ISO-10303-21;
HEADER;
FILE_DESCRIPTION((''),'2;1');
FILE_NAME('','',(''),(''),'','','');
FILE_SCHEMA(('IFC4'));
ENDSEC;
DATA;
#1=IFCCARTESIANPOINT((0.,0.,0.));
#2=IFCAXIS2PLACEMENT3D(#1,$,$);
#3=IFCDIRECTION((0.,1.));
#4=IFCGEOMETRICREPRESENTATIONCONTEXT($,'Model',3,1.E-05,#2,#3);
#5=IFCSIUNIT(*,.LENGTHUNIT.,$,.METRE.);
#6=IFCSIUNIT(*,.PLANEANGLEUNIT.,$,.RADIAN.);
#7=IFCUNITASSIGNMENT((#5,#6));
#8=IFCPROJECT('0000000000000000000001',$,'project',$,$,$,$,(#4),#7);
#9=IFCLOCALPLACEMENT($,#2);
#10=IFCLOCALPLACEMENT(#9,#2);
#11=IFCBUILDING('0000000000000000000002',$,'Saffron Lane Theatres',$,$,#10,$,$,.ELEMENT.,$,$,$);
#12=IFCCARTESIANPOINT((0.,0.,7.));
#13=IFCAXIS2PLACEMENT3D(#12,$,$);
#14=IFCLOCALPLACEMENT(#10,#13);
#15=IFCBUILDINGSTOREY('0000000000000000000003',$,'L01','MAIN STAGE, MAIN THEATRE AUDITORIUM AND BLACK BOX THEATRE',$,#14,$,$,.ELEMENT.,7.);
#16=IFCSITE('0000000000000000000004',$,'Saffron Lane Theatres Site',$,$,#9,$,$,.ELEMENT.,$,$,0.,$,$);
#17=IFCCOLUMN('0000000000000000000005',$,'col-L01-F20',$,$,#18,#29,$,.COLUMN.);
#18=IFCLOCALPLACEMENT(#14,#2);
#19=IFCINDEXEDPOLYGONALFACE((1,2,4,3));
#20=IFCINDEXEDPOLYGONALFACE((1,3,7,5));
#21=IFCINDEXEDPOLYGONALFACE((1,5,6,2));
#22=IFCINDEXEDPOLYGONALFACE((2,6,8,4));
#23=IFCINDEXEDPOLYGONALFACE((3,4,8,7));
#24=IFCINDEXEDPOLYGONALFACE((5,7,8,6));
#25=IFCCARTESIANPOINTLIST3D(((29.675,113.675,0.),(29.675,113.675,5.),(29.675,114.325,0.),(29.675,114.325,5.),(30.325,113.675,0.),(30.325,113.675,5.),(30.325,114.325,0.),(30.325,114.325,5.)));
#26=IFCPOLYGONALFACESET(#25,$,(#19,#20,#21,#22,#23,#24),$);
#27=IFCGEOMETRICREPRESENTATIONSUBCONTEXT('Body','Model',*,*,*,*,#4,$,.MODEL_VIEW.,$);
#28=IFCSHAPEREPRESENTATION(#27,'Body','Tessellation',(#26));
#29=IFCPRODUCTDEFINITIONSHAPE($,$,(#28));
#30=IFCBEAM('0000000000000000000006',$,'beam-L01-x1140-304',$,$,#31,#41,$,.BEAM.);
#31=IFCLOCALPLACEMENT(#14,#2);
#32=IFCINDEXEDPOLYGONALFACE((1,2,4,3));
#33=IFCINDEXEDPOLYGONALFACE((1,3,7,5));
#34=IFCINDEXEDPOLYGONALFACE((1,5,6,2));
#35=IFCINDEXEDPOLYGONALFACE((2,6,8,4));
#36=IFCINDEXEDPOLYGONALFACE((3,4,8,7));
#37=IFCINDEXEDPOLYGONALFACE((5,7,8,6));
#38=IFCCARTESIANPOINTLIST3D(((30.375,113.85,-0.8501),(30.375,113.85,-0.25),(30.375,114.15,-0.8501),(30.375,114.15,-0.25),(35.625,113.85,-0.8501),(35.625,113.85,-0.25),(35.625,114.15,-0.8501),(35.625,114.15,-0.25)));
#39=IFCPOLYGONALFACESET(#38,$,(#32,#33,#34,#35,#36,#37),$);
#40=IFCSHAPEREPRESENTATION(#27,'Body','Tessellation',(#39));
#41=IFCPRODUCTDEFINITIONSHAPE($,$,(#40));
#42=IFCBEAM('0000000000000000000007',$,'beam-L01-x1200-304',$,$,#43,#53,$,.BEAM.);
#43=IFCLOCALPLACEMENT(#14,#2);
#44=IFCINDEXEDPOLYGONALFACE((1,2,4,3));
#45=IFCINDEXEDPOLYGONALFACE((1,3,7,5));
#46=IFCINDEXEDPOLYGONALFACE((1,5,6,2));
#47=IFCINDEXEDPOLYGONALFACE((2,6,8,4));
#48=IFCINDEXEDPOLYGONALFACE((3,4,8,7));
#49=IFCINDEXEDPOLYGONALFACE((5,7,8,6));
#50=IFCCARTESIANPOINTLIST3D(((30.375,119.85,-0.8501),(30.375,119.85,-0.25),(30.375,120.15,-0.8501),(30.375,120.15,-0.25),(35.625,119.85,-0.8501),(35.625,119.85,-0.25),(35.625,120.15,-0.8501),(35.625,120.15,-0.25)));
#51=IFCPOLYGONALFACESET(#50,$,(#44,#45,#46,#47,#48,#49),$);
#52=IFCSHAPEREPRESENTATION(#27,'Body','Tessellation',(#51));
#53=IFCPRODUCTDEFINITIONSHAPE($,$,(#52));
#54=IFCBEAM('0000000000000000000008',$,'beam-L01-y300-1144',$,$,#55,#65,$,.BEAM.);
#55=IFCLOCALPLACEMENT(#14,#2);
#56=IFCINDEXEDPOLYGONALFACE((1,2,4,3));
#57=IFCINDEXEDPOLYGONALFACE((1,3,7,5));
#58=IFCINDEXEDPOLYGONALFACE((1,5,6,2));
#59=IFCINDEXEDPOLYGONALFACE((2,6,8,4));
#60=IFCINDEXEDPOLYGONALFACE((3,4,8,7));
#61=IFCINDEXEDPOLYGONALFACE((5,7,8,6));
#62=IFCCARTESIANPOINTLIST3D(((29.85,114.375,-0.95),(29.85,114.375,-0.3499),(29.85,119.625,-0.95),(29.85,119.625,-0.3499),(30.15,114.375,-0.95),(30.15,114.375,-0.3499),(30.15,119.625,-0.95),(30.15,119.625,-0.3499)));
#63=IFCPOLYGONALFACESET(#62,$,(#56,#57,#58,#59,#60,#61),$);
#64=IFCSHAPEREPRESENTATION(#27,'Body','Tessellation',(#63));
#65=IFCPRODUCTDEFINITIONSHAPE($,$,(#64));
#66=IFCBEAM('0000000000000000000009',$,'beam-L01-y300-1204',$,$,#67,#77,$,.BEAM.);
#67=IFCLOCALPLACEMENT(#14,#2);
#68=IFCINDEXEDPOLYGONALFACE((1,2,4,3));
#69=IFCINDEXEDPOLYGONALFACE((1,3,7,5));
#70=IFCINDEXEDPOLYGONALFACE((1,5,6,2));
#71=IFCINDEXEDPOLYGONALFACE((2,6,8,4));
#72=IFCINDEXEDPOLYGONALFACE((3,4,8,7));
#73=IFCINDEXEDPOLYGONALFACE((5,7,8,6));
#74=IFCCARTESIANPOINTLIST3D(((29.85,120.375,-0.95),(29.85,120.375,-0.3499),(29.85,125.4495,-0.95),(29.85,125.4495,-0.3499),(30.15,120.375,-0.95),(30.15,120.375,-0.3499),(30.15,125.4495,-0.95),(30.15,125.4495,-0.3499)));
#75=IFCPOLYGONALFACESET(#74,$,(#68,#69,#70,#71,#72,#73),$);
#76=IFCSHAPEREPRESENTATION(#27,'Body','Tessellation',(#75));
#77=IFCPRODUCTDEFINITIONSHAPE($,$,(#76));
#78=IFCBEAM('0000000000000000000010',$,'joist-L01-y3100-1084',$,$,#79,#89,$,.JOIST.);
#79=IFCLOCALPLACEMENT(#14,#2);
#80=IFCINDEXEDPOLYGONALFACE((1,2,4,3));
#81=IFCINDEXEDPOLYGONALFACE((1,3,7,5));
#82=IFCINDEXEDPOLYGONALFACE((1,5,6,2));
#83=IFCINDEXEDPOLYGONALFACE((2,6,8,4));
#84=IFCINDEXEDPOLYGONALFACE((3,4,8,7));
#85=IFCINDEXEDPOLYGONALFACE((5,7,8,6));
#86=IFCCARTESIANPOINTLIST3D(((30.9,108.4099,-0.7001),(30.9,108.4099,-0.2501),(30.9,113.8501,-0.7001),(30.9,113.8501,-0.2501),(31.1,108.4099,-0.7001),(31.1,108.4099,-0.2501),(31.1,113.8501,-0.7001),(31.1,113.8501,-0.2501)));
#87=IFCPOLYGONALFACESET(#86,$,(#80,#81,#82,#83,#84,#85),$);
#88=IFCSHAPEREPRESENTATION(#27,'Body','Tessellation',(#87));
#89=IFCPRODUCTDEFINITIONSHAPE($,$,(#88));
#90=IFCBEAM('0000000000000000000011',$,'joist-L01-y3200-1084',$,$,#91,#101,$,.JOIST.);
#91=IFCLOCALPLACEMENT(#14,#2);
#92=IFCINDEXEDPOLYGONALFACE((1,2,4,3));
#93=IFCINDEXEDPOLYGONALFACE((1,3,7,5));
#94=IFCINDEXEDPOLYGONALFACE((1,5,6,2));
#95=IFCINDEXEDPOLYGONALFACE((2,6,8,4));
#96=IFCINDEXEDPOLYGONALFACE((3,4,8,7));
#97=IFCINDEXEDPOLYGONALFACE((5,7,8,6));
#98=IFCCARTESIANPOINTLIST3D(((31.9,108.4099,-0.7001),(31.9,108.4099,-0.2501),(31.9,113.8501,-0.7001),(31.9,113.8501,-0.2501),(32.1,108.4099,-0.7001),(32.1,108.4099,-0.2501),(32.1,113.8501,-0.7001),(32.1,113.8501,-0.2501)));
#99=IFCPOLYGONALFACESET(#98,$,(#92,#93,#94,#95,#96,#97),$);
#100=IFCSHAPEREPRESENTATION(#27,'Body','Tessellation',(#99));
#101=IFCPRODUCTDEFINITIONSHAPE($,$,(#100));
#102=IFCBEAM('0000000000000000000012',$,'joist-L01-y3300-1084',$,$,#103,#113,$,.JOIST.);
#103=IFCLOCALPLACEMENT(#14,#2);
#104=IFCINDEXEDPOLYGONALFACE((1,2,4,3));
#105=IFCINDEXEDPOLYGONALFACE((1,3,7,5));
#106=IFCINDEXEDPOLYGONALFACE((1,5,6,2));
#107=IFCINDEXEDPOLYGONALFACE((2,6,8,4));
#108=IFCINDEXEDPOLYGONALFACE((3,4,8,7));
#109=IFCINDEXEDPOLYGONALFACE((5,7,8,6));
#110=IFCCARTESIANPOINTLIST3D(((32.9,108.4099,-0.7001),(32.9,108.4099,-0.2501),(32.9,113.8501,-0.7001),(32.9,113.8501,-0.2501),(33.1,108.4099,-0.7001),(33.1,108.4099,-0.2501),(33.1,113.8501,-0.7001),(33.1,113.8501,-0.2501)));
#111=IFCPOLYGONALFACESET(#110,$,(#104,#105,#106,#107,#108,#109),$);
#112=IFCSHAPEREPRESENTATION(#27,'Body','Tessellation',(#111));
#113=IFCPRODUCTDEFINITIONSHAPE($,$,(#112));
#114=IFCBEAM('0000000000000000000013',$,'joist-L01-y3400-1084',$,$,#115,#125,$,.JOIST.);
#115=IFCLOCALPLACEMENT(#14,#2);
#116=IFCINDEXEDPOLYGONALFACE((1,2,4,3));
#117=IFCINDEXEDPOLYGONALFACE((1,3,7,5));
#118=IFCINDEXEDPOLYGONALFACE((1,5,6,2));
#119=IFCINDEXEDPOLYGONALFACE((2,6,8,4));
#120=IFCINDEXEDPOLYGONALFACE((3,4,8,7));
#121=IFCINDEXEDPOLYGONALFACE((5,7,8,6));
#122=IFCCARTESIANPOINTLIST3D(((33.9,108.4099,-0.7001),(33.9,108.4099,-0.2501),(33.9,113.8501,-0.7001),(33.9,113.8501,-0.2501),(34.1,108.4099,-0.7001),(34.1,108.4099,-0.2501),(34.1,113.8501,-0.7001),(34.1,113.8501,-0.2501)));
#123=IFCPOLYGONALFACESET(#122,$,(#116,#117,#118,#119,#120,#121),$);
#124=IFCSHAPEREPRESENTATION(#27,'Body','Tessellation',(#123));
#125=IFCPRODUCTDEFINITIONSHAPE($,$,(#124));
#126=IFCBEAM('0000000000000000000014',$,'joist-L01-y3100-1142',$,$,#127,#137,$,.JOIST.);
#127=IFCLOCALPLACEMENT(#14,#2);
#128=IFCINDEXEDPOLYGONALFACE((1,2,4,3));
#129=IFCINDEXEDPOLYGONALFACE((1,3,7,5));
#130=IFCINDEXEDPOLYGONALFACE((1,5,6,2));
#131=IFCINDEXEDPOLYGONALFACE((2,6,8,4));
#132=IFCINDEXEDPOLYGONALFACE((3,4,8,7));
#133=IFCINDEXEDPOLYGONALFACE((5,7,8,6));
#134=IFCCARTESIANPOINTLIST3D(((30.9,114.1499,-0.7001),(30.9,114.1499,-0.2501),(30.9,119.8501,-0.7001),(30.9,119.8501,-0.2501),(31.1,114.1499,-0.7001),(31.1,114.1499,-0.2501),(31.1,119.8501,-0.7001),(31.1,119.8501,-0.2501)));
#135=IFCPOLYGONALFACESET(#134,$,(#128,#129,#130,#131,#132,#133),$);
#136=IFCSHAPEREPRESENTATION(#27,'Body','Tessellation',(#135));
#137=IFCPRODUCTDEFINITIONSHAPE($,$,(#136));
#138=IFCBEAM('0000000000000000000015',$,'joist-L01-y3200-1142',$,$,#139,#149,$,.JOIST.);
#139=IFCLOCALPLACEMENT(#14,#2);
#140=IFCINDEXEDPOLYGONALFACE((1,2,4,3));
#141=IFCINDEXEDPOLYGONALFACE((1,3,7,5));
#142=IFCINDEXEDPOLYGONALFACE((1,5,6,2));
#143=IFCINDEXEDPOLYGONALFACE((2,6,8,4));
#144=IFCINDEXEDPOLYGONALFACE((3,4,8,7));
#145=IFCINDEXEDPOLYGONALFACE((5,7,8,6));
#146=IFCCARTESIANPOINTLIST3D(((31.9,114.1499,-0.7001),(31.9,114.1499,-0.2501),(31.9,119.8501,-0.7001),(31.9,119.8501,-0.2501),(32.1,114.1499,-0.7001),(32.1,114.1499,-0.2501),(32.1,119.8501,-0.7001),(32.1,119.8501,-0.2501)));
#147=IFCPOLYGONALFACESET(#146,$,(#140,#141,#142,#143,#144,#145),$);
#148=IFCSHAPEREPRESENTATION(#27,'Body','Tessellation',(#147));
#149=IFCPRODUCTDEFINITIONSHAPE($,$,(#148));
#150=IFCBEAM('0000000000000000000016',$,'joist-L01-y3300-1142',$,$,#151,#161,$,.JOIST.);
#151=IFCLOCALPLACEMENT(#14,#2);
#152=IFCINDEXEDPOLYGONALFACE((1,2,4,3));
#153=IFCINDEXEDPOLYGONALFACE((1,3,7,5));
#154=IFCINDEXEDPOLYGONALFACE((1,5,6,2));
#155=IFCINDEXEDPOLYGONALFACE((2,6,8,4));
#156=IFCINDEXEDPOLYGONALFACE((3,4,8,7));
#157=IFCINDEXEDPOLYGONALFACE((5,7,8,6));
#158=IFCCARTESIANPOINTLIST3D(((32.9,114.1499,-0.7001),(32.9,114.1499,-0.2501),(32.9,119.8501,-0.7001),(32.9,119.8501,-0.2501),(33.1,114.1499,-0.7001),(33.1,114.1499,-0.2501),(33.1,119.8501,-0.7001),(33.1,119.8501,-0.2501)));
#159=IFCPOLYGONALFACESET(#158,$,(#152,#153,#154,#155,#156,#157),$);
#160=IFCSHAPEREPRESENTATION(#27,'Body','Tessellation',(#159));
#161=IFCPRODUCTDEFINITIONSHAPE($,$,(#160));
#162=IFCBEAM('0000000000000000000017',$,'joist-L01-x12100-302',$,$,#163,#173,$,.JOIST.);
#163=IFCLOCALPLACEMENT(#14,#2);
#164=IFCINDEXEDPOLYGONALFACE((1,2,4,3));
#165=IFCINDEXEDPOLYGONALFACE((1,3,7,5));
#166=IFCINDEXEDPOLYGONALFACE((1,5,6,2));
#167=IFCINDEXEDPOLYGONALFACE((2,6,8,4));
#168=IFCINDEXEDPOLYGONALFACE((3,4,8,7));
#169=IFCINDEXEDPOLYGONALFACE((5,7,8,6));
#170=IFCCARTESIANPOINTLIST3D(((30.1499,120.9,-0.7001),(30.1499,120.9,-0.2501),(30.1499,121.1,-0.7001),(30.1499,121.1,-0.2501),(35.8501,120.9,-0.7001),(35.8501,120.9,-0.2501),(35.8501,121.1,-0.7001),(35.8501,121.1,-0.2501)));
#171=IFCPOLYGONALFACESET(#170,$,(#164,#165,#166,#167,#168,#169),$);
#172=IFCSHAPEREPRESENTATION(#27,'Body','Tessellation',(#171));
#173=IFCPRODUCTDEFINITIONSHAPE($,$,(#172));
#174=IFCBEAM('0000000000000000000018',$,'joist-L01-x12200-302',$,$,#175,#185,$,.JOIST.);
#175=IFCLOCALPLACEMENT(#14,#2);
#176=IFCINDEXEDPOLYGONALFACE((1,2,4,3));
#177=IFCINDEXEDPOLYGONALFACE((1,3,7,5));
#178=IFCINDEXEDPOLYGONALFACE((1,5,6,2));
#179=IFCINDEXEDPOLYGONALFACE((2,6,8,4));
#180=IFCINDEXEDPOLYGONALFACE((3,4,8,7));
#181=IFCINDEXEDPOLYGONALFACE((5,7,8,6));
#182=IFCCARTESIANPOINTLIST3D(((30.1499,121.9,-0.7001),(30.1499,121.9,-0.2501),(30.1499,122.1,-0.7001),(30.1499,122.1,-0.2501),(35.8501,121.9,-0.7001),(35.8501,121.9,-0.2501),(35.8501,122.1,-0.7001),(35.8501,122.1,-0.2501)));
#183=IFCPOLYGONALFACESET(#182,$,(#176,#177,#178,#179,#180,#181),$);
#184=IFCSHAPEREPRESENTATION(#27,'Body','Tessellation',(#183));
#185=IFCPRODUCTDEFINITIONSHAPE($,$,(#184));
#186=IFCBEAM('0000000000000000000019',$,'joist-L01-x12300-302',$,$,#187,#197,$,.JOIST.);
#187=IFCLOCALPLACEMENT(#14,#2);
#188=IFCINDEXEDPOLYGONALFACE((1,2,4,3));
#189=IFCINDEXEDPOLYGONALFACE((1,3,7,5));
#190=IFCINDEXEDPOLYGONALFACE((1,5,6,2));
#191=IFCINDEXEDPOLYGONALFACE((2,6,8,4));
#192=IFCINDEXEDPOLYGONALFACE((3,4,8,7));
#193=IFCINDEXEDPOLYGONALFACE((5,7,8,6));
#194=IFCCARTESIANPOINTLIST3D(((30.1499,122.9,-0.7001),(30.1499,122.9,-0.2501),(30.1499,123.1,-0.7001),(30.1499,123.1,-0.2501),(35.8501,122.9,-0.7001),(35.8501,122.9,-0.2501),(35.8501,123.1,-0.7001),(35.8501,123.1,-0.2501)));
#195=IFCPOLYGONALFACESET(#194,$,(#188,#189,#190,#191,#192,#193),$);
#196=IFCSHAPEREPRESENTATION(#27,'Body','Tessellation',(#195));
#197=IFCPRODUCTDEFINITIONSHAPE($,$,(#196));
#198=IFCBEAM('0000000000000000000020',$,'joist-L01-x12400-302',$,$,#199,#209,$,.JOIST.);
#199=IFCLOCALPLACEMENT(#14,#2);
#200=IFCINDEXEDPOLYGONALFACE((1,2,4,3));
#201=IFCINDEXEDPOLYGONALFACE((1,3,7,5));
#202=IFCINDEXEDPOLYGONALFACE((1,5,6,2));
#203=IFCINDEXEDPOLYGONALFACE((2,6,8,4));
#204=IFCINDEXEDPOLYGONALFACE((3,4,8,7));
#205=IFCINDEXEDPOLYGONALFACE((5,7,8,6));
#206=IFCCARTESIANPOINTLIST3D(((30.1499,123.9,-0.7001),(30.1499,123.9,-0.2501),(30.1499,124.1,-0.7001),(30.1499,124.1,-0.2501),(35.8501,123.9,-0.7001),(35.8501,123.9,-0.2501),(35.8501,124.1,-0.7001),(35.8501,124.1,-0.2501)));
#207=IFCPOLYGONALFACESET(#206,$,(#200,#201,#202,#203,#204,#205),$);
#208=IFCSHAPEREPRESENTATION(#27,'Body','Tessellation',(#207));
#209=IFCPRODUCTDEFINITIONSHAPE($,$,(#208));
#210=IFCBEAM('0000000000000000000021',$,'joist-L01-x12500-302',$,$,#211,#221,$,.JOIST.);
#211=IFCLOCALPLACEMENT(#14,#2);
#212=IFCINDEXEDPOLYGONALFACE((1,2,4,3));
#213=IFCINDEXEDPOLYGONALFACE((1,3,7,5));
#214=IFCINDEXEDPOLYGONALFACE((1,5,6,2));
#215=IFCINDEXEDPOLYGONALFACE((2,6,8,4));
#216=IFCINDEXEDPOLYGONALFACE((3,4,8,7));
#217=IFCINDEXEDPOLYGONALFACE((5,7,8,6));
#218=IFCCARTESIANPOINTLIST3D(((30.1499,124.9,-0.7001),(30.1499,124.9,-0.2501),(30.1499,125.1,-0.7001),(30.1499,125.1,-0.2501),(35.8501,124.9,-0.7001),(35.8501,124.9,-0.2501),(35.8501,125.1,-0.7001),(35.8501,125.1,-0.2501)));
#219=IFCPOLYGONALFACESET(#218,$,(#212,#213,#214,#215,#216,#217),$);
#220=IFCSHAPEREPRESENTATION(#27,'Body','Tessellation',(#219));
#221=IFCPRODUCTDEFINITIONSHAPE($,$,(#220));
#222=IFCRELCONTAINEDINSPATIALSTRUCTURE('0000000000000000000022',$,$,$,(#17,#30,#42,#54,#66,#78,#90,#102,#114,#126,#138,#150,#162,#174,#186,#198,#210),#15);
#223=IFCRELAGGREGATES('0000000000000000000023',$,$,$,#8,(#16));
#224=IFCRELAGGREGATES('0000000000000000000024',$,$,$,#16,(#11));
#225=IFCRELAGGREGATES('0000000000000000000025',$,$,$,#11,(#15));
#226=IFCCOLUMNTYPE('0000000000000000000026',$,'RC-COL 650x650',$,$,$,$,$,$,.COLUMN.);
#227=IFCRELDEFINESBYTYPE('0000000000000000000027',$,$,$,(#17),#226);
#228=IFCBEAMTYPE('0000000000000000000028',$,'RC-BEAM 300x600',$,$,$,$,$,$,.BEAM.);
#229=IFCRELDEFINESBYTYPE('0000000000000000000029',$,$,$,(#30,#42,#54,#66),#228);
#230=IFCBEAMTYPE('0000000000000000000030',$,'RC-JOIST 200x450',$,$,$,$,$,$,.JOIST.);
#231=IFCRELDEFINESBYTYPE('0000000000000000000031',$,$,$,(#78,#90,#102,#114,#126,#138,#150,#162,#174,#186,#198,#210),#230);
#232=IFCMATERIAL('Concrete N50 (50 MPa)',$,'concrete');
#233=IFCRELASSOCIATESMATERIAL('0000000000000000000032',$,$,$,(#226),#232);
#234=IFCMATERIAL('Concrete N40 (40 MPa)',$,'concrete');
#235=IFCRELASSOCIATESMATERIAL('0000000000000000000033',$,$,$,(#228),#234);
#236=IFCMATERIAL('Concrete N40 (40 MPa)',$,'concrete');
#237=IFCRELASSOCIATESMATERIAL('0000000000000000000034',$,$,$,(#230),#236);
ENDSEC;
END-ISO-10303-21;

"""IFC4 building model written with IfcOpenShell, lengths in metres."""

from ifc_helpers import new_model, si_unit, direction, frame, origin, origin_2d, place, context, subcontext, project, spatial, rectangle, extrude, material, material_profile, profile_set, type_object, element, save


model = new_model("IFC4")

# Units and contexts
model_context = context("Model", 3, precision=1e-05, world=origin(), true_north=direction((0.0, 1.0)))
body_context = subcontext(model_context, "Body", "Model", "MODEL_VIEW")
ifc_project = project(units=[si_unit("LENGTHUNIT", "METRE"), si_unit("PLANEANGLEUNIT", "RADIAN")], contexts=[model_context])

# Site, building, storey
site_placement = place(None, origin())
site = spatial("IfcSite", under=ifc_project, at=site_placement, Name="Saffron Lane Theatres Site", CompositionType="ELEMENT", RefElevation=0.0)
building_placement = place(site_placement, origin())
building = spatial("IfcBuilding", under=site, at=building_placement, Name="Saffron Lane Theatres", CompositionType="ELEMENT")
storey_placement = place(building_placement, frame((0.0, 0.0, 7.0)))
storey = spatial("IfcBuildingStorey", under=building, at=storey_placement, Name="L01", Description="MAIN STAGE, MAIN THEATRE AUDITORIUM AND BLACK BOX THEATRE", CompositionType="ELEMENT", Elevation=7.0)

# Column
ifc_material_1 = material(Name="Concrete N50 (50 MPa)", Category="concrete")
ifc_material_profile_1 = material_profile(ifc_material_1, rectangle(XDim=0.6499, YDim=0.6499, at=origin_2d()))
ifc_profile_set_1 = profile_set([ifc_material_profile_1], Name="Concrete N50 (50 MPa)")
column_type = type_object("IfcColumnType", Name="RC-COL 650x650", PredefinedType="COLUMN", material=ifc_profile_set_1)
column_placement = place(storey_placement, frame((30.0, 114.0, 0.0), z_axis=(0.0, 0.0, 1.0), x_axis=(1.0, 0.0, 0.0)))
element("IfcColumn", 1, at=column_placement, inside=storey, type_object=column_type, Name="col-L01-F20", PredefinedType="COLUMN", context=body_context, shape_type="SweptSolid", body=[
    extrude(rectangle(XDim=0.6499, YDim=0.6499, at=origin_2d()), origin(), (0.0, 0.0, 1.0), 5.0),
])

# Beams
ifc_material_2 = material(Name="Concrete N40 (40 MPa)", Category="concrete")
ifc_material_profile_2 = material_profile(ifc_material_2, rectangle(XDim=0.3, YDim=0.6001, at=origin_2d()))
ifc_profile_set_2 = profile_set([ifc_material_profile_2], Name="Concrete N40 (40 MPa)")
beam_type_1 = type_object("IfcBeamType", Name="RC-BEAM 300x600", PredefinedType="BEAM", material=ifc_profile_set_2)
for number, where, z_axis, x_axis, name in (
    (2, (30.375, 114.0, -0.55), (1.0, 0.0, 0.0), (0.0, 1.0, 0.0), "beam-L01-x1140-304"),
    (3, (30.375, 120.0, -0.55), (1.0, 0.0, 0.0), (0.0, 1.0, 0.0), "beam-L01-x1200-304"),
    (4, (30.0, 114.375, -0.6499), (0.0, 1.0, 0.0), (-1.0, 0.0, 0.0), "beam-L01-y300-1144"),
):
    element("IfcBeam", number, at=place(storey_placement, frame(where, z_axis=z_axis, x_axis=x_axis)), inside=storey, type_object=beam_type_1, Name=name, PredefinedType="BEAM", context=body_context, shape_type="SweptSolid", body=[
        extrude(rectangle(XDim=0.3, YDim=0.6001, at=origin_2d()), origin(), (0.0, 0.0, 1.0), 5.25),
    ])
beam_placement = place(storey_placement, frame((30.0, 120.375, -0.6499), z_axis=(0.0, 1.0, 0.0), x_axis=(-1.0, 0.0, 0.0)))
element("IfcBeam", 5, at=beam_placement, inside=storey, type_object=beam_type_1, Name="beam-L01-y300-1204", PredefinedType="BEAM", context=body_context, shape_type="SweptSolid", body=[
    extrude(rectangle(XDim=0.3, YDim=0.6001, at=origin_2d()), origin(), (0.0, 0.0, 1.0), 5.0745),
])
ifc_material_3 = material(Name="Concrete N40 (40 MPa)", Category="concrete")
ifc_material_profile_3 = material_profile(ifc_material_3, rectangle(XDim=0.2, YDim=0.45, at=origin_2d()))
ifc_profile_set_3 = profile_set([ifc_material_profile_3], Name="Concrete N40 (40 MPa)")
beam_type_2 = type_object("IfcBeamType", Name="RC-JOIST 200x450", PredefinedType="JOIST", material=ifc_profile_set_3)
for number, where, z_axis, x_axis, name in (
    (6, (31.0, 108.4099, -0.4751), (0.0, 1.0, 0.0), (-1.0, 0.0, 0.0), "joist-L01-y3100-1084"),
    (7, (32.0, 108.4099, -0.4751), (0.0, 1.0, 0.0), (-1.0, 0.0, 0.0), "joist-L01-y3200-1084"),
    (8, (33.0, 108.4099, -0.4751), (0.0, 1.0, 0.0), (-1.0, 0.0, 0.0), "joist-L01-y3300-1084"),
    (9, (34.0, 108.4099, -0.4751), (0.0, 1.0, 0.0), (-1.0, 0.0, 0.0), "joist-L01-y3400-1084"),
):
    element("IfcBeam", number, at=place(storey_placement, frame(where, z_axis=z_axis, x_axis=x_axis)), inside=storey, type_object=beam_type_2, Name=name, PredefinedType="JOIST", context=body_context, shape_type="SweptSolid", body=[
        extrude(rectangle(XDim=0.2, YDim=0.45, at=origin_2d()), origin(), (0.0, 0.0, 1.0), 5.4402),
    ])
for number, where, z_axis, x_axis, name in (
    (10, (31.0, 114.1499, -0.4751), (0.0, 1.0, 0.0), (-1.0, 0.0, 0.0), "joist-L01-y3100-1142"),
    (11, (32.0, 114.1499, -0.4751), (0.0, 1.0, 0.0), (-1.0, 0.0, 0.0), "joist-L01-y3200-1142"),
    (12, (33.0, 114.1499, -0.4751), (0.0, 1.0, 0.0), (-1.0, 0.0, 0.0), "joist-L01-y3300-1142"),
    (13, (30.1499, 121.0, -0.4751), (1.0, 0.0, 0.0), (0.0, 1.0, 0.0), "joist-L01-x12100-302"),
    (14, (30.1499, 122.0, -0.4751), (1.0, 0.0, 0.0), (0.0, 1.0, 0.0), "joist-L01-x12200-302"),
    (15, (30.1499, 123.0, -0.4751), (1.0, 0.0, 0.0), (0.0, 1.0, 0.0), "joist-L01-x12300-302"),
    (16, (30.1499, 124.0, -0.4751), (1.0, 0.0, 0.0), (0.0, 1.0, 0.0), "joist-L01-x12400-302"),
    (17, (30.1499, 125.0, -0.4751), (1.0, 0.0, 0.0), (0.0, 1.0, 0.0), "joist-L01-x12500-302"),
):
    element("IfcBeam", number, at=place(storey_placement, frame(where, z_axis=z_axis, x_axis=x_axis)), inside=storey, type_object=beam_type_2, Name=name, PredefinedType="JOIST", context=body_context, shape_type="SweptSolid", body=[
        extrude(rectangle(XDim=0.2, YDim=0.45, at=origin_2d()), origin(), (0.0, 0.0, 1.0), 5.7002),
    ])

save(model, "model.ifc")
